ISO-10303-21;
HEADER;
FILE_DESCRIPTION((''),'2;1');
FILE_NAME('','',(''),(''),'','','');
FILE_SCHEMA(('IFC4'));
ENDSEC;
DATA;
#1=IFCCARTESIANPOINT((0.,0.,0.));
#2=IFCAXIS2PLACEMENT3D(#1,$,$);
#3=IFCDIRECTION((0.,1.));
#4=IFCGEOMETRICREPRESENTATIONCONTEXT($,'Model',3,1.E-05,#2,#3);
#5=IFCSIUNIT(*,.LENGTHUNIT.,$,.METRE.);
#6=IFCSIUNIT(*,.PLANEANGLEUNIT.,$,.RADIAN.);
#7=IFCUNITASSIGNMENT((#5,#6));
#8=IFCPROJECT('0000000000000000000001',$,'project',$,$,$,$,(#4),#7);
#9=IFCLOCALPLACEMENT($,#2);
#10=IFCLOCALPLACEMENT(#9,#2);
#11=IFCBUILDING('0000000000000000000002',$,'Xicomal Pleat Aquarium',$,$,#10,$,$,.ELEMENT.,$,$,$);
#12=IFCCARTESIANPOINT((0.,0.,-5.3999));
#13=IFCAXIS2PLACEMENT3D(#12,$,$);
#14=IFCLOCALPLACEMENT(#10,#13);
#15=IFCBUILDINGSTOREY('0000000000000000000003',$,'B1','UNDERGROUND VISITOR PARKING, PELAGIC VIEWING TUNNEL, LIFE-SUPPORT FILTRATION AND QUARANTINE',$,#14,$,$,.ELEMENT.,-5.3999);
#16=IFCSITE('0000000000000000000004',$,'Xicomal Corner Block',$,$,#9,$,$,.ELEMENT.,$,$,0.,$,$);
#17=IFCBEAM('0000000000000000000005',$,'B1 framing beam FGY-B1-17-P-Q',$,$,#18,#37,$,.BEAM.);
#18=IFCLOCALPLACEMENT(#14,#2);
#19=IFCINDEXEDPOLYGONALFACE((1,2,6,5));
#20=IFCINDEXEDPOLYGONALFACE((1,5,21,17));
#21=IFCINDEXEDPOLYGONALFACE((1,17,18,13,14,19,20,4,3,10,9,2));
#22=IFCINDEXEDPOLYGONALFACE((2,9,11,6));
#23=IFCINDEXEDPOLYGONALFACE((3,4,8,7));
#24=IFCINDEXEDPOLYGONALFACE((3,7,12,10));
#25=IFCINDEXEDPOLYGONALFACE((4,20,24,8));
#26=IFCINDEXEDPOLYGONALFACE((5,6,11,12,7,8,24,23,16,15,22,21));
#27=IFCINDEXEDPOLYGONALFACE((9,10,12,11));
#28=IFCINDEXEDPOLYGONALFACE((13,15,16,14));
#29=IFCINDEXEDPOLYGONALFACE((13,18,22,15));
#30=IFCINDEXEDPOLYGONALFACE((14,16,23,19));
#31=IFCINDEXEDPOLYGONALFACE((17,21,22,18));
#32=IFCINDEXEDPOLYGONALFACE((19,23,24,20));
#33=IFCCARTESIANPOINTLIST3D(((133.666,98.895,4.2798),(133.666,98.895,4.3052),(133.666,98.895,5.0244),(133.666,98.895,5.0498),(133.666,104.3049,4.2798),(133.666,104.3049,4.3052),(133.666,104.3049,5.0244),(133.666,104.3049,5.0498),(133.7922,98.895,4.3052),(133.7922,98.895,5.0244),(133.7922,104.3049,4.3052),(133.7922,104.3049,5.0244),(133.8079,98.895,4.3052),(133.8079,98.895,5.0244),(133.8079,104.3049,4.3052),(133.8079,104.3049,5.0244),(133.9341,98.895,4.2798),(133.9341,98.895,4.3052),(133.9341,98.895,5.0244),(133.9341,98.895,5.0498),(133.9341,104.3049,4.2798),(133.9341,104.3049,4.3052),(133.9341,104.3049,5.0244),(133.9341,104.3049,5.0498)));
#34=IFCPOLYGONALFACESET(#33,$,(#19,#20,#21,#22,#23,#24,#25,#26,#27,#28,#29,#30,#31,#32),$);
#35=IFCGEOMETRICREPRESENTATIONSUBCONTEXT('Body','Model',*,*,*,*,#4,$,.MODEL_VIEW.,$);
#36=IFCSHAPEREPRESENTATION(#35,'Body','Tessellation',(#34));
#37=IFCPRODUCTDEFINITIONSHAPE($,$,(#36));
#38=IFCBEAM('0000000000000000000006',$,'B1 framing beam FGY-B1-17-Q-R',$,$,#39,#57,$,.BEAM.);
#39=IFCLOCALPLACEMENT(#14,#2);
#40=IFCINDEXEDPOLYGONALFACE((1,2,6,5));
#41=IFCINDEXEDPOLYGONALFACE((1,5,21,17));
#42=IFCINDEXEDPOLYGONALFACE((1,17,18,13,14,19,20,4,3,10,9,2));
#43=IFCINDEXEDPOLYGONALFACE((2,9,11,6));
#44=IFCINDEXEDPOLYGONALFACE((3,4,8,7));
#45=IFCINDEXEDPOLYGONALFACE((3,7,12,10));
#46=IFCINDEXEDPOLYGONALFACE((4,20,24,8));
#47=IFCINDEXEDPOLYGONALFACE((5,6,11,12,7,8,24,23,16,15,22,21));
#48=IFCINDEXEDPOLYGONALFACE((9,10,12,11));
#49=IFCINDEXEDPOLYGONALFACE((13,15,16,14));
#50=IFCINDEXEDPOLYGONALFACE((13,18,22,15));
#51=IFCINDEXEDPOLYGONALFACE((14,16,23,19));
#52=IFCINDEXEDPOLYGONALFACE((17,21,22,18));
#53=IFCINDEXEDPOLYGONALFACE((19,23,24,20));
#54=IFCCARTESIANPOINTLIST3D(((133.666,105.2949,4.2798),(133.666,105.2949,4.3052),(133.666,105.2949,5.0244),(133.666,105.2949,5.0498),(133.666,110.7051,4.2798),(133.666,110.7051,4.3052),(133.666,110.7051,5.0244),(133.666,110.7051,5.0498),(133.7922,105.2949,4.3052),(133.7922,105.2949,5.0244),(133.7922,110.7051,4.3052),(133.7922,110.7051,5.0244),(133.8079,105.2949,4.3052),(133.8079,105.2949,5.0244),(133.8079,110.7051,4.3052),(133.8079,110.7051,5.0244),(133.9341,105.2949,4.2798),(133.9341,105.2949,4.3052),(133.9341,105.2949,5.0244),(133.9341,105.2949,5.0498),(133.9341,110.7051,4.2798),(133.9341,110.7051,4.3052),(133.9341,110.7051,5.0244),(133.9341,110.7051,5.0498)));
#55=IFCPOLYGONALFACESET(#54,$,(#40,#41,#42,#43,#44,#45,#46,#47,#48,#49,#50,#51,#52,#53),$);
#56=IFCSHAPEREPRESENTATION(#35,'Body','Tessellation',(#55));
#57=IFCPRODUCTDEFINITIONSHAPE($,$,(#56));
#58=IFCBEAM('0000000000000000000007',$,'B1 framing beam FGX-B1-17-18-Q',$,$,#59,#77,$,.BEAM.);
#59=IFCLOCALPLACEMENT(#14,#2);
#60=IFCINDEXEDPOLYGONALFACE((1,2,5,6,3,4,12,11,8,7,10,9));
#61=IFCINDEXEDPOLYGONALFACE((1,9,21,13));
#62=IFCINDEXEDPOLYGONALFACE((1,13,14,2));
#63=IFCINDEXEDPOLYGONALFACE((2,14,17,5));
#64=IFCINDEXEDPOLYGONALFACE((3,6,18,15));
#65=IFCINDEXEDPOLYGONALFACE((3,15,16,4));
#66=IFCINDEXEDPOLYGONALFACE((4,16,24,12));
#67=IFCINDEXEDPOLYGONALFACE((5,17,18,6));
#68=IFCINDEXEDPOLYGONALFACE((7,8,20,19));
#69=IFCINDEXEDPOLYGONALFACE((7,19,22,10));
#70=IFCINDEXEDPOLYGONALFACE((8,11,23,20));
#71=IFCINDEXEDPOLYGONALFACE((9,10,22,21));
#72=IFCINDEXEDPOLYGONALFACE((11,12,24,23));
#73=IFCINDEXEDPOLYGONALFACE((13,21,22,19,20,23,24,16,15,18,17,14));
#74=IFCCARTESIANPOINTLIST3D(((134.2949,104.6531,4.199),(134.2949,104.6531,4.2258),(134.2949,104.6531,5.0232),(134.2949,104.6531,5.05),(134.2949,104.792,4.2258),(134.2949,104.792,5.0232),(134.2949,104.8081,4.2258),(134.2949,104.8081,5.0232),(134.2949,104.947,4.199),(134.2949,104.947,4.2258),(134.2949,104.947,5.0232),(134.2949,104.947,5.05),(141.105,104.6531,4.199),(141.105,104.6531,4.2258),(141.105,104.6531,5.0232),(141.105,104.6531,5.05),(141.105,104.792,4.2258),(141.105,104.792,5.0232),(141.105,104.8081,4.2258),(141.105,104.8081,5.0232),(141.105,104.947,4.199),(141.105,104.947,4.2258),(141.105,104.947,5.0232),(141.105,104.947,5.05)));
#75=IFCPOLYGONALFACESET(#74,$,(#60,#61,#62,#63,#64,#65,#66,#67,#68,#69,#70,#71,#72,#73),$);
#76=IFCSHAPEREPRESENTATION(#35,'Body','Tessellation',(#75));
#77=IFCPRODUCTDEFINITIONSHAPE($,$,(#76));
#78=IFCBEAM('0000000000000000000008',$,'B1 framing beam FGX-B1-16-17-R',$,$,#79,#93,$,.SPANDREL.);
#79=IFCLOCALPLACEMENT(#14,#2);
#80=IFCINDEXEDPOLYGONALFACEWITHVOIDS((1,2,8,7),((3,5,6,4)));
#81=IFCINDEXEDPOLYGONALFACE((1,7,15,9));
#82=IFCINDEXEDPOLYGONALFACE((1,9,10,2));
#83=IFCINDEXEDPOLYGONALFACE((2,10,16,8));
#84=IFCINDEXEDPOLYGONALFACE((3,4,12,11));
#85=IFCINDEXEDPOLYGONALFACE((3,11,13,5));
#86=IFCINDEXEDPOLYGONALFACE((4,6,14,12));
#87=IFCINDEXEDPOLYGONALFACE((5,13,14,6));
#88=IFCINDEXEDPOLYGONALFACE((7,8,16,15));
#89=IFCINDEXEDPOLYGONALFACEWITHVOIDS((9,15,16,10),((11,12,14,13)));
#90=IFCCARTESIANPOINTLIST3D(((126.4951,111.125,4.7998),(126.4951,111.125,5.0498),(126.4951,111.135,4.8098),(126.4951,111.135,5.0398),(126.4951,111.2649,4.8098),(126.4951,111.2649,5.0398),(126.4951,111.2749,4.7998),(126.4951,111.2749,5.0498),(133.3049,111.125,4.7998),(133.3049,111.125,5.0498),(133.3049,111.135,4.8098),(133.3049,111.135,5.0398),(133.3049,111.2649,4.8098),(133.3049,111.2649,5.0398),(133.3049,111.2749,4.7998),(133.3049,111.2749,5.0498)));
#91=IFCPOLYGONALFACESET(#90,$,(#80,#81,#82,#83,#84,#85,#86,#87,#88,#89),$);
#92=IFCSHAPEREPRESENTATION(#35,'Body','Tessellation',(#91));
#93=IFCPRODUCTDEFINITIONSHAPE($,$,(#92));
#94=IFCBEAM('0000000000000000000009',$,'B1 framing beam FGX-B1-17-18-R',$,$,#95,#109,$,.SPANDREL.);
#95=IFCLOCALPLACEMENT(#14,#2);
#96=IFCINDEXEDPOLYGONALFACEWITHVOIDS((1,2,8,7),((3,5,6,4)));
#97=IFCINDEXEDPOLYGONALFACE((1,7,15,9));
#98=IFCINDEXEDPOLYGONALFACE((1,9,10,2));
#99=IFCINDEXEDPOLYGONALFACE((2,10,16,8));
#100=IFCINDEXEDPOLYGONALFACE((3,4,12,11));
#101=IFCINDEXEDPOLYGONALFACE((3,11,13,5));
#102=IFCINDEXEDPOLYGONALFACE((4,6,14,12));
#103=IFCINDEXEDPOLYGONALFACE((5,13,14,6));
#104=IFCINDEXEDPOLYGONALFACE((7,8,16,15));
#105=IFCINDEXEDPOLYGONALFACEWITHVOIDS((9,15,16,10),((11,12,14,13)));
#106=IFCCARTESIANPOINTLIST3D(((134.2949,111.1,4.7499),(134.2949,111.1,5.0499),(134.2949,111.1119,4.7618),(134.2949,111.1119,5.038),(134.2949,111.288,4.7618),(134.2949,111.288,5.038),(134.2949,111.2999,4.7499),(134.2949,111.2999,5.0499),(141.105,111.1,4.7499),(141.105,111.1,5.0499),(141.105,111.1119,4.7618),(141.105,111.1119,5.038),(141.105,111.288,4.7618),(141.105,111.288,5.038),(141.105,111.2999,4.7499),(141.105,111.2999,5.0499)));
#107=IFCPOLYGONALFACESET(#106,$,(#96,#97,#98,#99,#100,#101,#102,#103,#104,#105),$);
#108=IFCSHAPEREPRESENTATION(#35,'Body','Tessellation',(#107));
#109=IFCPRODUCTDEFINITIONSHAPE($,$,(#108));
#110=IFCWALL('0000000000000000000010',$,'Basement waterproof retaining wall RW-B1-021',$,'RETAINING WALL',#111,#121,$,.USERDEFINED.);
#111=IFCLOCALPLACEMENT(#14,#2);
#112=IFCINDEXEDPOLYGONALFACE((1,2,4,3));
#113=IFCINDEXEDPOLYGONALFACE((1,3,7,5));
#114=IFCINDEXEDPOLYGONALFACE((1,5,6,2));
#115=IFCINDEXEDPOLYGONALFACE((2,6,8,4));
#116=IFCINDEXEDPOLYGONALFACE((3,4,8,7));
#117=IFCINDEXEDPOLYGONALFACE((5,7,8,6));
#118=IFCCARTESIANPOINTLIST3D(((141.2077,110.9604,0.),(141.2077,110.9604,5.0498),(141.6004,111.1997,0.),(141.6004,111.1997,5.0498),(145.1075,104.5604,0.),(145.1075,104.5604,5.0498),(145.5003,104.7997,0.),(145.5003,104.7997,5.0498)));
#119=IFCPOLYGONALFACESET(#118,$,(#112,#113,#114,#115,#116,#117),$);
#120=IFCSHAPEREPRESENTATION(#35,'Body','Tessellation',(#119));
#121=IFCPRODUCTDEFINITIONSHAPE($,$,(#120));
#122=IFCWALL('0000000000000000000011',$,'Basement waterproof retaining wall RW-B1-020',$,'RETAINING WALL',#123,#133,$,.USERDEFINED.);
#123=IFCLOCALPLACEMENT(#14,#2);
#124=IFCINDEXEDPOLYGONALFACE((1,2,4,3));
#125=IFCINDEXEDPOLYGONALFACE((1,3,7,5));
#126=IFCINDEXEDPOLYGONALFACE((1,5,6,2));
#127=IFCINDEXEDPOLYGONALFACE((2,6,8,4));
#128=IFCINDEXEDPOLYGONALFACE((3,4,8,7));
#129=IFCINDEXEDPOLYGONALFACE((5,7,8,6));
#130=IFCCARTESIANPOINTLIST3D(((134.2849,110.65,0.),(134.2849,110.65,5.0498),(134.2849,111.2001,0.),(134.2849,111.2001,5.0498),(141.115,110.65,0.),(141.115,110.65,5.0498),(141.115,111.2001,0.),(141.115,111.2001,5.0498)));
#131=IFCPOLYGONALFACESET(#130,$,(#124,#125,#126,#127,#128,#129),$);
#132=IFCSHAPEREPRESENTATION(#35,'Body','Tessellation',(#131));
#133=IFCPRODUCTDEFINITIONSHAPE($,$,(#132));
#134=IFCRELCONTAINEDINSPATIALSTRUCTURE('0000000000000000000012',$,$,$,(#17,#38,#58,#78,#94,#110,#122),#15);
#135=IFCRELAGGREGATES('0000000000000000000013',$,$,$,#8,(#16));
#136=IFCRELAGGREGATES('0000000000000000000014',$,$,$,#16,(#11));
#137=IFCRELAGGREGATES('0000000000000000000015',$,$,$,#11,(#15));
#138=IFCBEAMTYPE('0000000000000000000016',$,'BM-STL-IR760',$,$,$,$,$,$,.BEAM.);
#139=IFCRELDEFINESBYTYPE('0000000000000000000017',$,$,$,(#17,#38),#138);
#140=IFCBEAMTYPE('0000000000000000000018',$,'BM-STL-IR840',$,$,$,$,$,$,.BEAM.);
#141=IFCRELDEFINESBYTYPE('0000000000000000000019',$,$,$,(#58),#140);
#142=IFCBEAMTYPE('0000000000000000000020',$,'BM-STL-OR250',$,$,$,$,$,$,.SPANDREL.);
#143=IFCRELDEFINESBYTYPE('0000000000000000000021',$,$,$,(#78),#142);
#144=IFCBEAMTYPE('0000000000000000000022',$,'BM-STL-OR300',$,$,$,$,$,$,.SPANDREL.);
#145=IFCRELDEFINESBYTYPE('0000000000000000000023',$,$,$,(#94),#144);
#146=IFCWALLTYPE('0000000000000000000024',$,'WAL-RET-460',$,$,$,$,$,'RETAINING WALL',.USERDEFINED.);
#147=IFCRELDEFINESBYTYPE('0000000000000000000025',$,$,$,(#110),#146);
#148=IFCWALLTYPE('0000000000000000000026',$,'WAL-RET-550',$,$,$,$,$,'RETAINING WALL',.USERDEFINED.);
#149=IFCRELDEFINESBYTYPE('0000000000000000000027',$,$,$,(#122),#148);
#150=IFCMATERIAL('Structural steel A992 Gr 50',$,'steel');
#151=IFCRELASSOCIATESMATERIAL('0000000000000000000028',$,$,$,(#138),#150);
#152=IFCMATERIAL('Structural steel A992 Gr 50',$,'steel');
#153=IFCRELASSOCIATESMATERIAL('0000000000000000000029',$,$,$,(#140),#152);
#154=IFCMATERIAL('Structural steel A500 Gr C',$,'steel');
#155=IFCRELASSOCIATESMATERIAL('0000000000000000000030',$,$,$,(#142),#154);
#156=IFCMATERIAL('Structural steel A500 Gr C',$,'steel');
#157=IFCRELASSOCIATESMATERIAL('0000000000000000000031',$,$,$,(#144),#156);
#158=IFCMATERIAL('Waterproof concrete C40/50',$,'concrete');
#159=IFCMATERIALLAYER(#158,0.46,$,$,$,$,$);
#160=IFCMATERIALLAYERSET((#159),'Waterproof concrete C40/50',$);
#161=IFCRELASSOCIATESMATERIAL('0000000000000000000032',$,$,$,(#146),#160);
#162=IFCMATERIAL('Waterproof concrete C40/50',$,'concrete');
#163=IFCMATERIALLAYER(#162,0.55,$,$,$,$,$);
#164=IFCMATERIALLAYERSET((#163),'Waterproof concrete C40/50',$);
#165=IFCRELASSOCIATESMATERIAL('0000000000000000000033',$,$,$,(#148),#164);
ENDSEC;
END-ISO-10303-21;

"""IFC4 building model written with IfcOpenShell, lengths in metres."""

from ifc_helpers import new_model, si_unit, direction, frame, frame_2d, origin, origin_2d, place, context, subcontext, project, spatial, rectangle, hollow_rectangle, i_section, extrude, material, layer, layer_set, material_profile, profile_set, type_object, element, save


model = new_model("IFC4")

# Units and contexts
model_context = context("Model", 3, precision=1e-05, world=origin(), true_north=direction((0.0, 1.0)))
body_context = subcontext(model_context, "Body", "Model", "MODEL_VIEW")
ifc_project = project(units=[si_unit("LENGTHUNIT", "METRE"), si_unit("PLANEANGLEUNIT", "RADIAN")], contexts=[model_context])

# Site, building, storey
site_placement = place(None, origin())
site = spatial("IfcSite", under=ifc_project, at=site_placement, Name="Xicomal Corner Block", CompositionType="ELEMENT", RefElevation=0.0)
building_placement = place(site_placement, origin())
building = spatial("IfcBuilding", under=site, at=building_placement, Name="Xicomal Pleat Aquarium", CompositionType="ELEMENT")
storey_placement = place(building_placement, frame((0.0, 0.0, -5.3999)))
storey = spatial("IfcBuildingStorey", under=building, at=storey_placement, Name="B1", Description="UNDERGROUND VISITOR PARKING, PELAGIC VIEWING TUNNEL, LIFE-SUPPORT FILTRATION AND QUARANTINE", CompositionType="ELEMENT", Elevation=-5.3999)

# Beams
ifc_material_1 = material(Name="Structural steel A992 Gr 50", Category="steel")
ifc_material_profile_1 = material_profile(ifc_material_1, i_section(OverallWidth=0.2681, OverallDepth=0.77, WebThickness=0.0156, FlangeThickness=0.0254, at=origin_2d()), Name="IR 760x196")
ifc_profile_set_1 = profile_set([ifc_material_profile_1], Name="Structural steel A992 Gr 50")
beam_type_1 = type_object("IfcBeamType", Name="BM-STL-IR760", PredefinedType="BEAM", material=ifc_profile_set_1)
beam_1_placement = place(storey_placement, frame((133.8, 98.895, 4.6648), z_axis=(0.0, 1.0, 0.0), x_axis=(-1.0, 0.0, 0.0)))
element("IfcBeam", 1, at=beam_1_placement, inside=storey, type_object=beam_type_1, Name="B1 framing beam FGY-B1-17-P-Q", PredefinedType="BEAM", context=body_context, shape_type="SweptSolid", body=[
    extrude(i_section(OverallWidth=0.2681, OverallDepth=0.77, WebThickness=0.0156, FlangeThickness=0.0254, at=origin_2d()), origin(), (0.0, 0.0, 1.0), 5.4099),
])
beam_2_placement = place(storey_placement, frame((133.8, 105.2949, 4.6648), z_axis=(0.0, 1.0, 0.0), x_axis=(-1.0, 0.0, 0.0)))
element("IfcBeam", 2, at=beam_2_placement, inside=storey, type_object=beam_type_1, Name="B1 framing beam FGY-B1-17-Q-R", PredefinedType="BEAM", context=body_context, shape_type="SweptSolid", body=[
    extrude(i_section(OverallWidth=0.2681, OverallDepth=0.77, WebThickness=0.0156, FlangeThickness=0.0254, at=origin_2d()), origin(), (0.0, 0.0, 1.0), 5.4102),
])
ifc_material_2 = material(Name="Structural steel A992 Gr 50", Category="steel")
ifc_material_profile_2 = material_profile(ifc_material_2, i_section(OverallWidth=0.2939, OverallDepth=0.8511, WebThickness=0.0161, FlangeThickness=0.0269, at=origin_2d()), Name="IR 840x226")
ifc_profile_set_2 = profile_set([ifc_material_profile_2], Name="Structural steel A992 Gr 50")
beam_type_2 = type_object("IfcBeamType", Name="BM-STL-IR840", PredefinedType="BEAM", material=ifc_profile_set_2)
beam_3_placement = place(storey_placement, frame((134.2949, 104.8, 4.6245), z_axis=(1.0, 0.0, 0.0), x_axis=(0.0, 1.0, 0.0)))
element("IfcBeam", 3, at=beam_3_placement, inside=storey, type_object=beam_type_2, Name="B1 framing beam FGX-B1-17-18-Q", PredefinedType="BEAM", context=body_context, shape_type="SweptSolid", body=[
    extrude(i_section(OverallWidth=0.2939, OverallDepth=0.8511, WebThickness=0.0161, FlangeThickness=0.0269, at=origin_2d()), origin(), (0.0, 0.0, 1.0), 6.8101),
])
ifc_material_3 = material(Name="Structural steel A500 Gr C", Category="steel")
ifc_material_profile_3 = material_profile(ifc_material_3, hollow_rectangle(XDim=0.1499, YDim=0.25, WallThickness=0.01, at=origin_2d()), Name="OR 250x150x10")
ifc_profile_set_3 = profile_set([ifc_material_profile_3], Name="Structural steel A500 Gr C")
beam_type_3 = type_object("IfcBeamType", Name="BM-STL-OR250", PredefinedType="SPANDREL", material=ifc_profile_set_3)
beam_4_placement = place(storey_placement, frame((126.4951, 111.2, 4.9248), z_axis=(1.0, 0.0, 0.0), x_axis=(0.0, 1.0, 0.0)))
element("IfcBeam", 4, at=beam_4_placement, inside=storey, type_object=beam_type_3, Name="B1 framing beam FGX-B1-16-17-R", PredefinedType="SPANDREL", context=body_context, shape_type="SweptSolid", body=[
    extrude(hollow_rectangle(XDim=0.1499, YDim=0.25, WallThickness=0.01, at=origin_2d()), origin(), (0.0, 0.0, 1.0), 6.8098),
])
ifc_material_4 = material(Name="Structural steel A500 Gr C", Category="steel")
ifc_material_profile_4 = material_profile(ifc_material_4, hollow_rectangle(XDim=0.2, YDim=0.3, WallThickness=0.012, at=origin_2d()), Name="OR 300x200x12")
ifc_profile_set_4 = profile_set([ifc_material_profile_4], Name="Structural steel A500 Gr C")
beam_type_4 = type_object("IfcBeamType", Name="BM-STL-OR300", PredefinedType="SPANDREL", material=ifc_profile_set_4)
beam_5_placement = place(storey_placement, frame((134.2949, 111.2, 4.8999), z_axis=(1.0, 0.0, 0.0), x_axis=(0.0, 1.0, 0.0)))
element("IfcBeam", 5, at=beam_5_placement, inside=storey, type_object=beam_type_4, Name="B1 framing beam FGX-B1-17-18-R", PredefinedType="SPANDREL", context=body_context, shape_type="SweptSolid", body=[
    extrude(hollow_rectangle(XDim=0.2, YDim=0.3, WallThickness=0.012, at=origin_2d()), origin(), (0.0, 0.0, 1.0), 6.8101),
])

# Walls
ifc_material_5 = material(Name="Waterproof concrete C40/50", Category="concrete")
ifc_layer_1 = layer(ifc_material_5, 0.46)
ifc_layer_set_1 = layer_set([ifc_layer_1], Name="Waterproof concrete C40/50")
wall_type_1 = type_object("IfcWallType", Name="WAL-RET-460", ElementType="RETAINING WALL", PredefinedType="USERDEFINED", material=ifc_layer_set_1)
wall_1_placement = place(storey_placement, frame((141.4041, 111.0801, 0.0), z_axis=(0.0, 0.0, 1.0), x_axis=(0.520352, -0.853952, 0.0)))
element("IfcWall", 6, at=wall_1_placement, inside=storey, type_object=wall_type_1, Name="Basement waterproof retaining wall RW-B1-021", ObjectType="RETAINING WALL", PredefinedType="USERDEFINED", context=body_context, shape_type="SweptSolid", body=[
    extrude(rectangle(XDim=7.4946, YDim=0.46, at=frame_2d((3.7473, 0.0))), origin(), (0.0, 0.0, 1.0), 5.0498),
])
ifc_material_6 = material(Name="Waterproof concrete C40/50", Category="concrete")
ifc_layer_2 = layer(ifc_material_6, 0.55)
ifc_layer_set_2 = layer_set([ifc_layer_2], Name="Waterproof concrete C40/50")
wall_type_2 = type_object("IfcWallType", Name="WAL-RET-550", ElementType="RETAINING WALL", PredefinedType="USERDEFINED", material=ifc_layer_set_2)
wall_2_placement = place(storey_placement, frame((134.2849, 110.925, 0.0), z_axis=(0.0, 0.0, 1.0), x_axis=(1.0, 0.0, 0.0)))
element("IfcWall", 7, at=wall_2_placement, inside=storey, type_object=wall_type_2, Name="Basement waterproof retaining wall RW-B1-020", ObjectType="RETAINING WALL", PredefinedType="USERDEFINED", context=body_context, shape_type="SweptSolid", body=[
    extrude(rectangle(XDim=6.8301, YDim=0.55, at=frame_2d((3.415, 0.0))), origin(), (0.0, 0.0, 1.0), 5.0498),
])

save(model, "model.ifc")
